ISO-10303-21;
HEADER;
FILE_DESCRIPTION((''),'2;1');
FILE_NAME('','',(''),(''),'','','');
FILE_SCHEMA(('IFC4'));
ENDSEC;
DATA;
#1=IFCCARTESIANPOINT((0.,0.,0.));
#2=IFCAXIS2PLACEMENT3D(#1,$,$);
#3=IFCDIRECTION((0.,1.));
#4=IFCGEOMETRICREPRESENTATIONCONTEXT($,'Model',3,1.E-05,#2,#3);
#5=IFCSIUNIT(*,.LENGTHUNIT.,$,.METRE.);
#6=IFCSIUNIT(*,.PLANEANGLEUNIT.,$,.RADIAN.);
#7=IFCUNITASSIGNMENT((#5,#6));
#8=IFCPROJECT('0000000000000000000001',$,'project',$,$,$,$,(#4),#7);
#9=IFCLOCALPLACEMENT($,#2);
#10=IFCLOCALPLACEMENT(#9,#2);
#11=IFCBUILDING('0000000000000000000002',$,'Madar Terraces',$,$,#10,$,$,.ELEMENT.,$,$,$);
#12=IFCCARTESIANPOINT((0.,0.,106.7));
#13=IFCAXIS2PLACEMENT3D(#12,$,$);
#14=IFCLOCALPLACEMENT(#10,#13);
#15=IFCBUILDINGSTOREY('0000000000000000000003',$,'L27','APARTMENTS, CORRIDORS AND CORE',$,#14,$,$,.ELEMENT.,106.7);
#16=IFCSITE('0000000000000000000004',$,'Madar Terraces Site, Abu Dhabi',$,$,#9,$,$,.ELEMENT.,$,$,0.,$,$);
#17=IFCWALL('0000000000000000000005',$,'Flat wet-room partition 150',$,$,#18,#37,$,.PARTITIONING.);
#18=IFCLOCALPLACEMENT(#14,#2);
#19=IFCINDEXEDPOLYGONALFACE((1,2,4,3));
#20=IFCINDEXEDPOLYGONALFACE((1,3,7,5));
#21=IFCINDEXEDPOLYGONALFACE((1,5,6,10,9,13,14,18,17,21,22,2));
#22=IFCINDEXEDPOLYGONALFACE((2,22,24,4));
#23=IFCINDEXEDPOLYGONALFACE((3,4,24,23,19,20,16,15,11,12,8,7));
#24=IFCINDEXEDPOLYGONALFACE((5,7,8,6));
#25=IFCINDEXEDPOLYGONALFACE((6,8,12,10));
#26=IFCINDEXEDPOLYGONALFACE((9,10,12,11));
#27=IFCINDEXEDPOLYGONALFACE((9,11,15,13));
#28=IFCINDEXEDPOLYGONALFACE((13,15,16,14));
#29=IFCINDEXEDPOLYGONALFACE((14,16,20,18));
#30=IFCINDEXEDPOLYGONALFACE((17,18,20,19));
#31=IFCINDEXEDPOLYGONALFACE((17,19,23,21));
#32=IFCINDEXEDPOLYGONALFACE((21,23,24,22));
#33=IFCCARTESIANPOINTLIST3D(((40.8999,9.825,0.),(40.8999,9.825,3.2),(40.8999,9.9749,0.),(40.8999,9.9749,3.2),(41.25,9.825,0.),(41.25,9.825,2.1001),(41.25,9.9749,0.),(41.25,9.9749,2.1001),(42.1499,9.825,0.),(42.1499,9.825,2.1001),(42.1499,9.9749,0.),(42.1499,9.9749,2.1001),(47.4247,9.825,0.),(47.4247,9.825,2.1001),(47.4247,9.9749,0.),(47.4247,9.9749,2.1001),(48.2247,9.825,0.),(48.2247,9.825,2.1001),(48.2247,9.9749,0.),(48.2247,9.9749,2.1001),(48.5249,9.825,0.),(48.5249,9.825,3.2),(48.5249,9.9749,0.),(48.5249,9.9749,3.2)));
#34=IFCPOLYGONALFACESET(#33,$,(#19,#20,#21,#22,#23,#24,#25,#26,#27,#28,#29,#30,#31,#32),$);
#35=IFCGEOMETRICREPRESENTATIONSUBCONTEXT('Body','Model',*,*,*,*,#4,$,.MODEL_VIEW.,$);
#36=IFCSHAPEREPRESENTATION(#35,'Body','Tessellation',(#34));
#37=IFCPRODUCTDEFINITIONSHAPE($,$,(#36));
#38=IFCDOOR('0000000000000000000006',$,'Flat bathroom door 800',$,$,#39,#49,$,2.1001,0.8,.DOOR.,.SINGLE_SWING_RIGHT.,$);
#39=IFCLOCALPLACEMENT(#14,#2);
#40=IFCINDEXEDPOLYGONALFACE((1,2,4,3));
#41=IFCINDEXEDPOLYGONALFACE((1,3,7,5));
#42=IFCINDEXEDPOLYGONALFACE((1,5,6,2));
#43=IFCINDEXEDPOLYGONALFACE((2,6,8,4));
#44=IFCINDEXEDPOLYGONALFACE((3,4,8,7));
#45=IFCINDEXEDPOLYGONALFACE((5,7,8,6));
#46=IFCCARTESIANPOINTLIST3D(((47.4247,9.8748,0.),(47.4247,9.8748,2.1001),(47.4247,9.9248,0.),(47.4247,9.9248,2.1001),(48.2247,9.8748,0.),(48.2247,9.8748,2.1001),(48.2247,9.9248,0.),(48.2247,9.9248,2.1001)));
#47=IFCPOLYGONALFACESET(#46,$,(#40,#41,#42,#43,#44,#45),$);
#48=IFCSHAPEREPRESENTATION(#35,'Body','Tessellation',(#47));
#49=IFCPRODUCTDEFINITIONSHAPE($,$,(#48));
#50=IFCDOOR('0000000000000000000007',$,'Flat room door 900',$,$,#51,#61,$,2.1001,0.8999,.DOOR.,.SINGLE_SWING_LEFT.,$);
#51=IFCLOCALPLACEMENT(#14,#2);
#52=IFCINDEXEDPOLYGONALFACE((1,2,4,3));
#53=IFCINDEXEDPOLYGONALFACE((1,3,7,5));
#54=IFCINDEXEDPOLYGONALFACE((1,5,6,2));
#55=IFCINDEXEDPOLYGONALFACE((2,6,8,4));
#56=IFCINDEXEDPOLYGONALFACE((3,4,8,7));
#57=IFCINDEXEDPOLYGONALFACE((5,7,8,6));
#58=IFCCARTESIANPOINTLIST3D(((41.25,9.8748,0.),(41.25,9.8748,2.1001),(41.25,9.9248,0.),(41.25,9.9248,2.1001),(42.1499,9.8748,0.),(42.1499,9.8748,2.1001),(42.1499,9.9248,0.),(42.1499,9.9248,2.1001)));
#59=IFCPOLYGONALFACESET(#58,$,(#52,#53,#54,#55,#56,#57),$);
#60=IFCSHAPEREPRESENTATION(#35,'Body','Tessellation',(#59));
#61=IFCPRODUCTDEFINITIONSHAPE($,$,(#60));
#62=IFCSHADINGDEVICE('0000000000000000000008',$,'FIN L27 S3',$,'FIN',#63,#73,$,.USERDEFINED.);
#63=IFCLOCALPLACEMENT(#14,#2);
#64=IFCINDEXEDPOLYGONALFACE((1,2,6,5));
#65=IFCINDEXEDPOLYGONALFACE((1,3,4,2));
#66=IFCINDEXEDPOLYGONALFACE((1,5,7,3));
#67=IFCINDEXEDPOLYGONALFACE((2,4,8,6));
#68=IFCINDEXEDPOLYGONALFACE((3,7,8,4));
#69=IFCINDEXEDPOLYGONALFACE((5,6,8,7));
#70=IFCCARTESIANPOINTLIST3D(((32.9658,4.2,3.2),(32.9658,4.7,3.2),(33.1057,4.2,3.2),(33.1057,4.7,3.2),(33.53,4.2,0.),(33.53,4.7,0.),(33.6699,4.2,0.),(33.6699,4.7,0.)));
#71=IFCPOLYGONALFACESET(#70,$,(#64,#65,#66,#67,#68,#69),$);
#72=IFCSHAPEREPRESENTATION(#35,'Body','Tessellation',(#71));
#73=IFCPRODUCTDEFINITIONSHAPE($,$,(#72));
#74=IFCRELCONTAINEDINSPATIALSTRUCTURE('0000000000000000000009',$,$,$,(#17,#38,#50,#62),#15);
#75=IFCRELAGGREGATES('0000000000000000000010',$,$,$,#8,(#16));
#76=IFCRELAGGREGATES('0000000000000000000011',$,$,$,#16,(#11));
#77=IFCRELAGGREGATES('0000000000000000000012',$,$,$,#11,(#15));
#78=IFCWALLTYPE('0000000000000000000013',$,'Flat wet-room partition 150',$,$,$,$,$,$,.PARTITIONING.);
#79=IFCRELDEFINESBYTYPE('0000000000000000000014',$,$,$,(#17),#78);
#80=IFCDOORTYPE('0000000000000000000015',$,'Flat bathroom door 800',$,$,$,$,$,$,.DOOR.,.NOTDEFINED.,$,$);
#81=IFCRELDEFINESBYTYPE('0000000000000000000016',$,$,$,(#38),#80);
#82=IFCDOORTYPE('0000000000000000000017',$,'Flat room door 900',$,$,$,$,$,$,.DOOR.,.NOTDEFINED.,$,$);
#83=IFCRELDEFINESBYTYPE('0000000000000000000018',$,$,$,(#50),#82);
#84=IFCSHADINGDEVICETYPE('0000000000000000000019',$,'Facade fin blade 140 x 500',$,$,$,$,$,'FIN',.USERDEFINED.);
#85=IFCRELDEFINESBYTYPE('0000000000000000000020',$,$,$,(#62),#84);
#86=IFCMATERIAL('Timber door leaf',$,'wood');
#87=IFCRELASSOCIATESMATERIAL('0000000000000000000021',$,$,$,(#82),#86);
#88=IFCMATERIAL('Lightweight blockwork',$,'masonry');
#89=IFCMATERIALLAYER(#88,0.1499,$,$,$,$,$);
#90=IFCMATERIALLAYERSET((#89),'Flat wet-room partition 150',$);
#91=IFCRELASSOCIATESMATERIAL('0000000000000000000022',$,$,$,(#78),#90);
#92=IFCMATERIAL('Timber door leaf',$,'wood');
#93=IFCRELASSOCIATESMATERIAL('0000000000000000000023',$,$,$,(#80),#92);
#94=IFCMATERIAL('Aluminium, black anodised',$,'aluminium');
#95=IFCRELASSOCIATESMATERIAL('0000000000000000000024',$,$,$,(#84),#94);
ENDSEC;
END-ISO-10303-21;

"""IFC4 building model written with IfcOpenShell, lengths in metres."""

from ifc_helpers import new_model, si_unit, direction, frame, frame_2d, origin, place, context, subcontext, project, spatial, polyline, rectangle, outline, extrude, material, layer, layer_set, type_object, element, fill, save


model = new_model("IFC4")

# Units and contexts
model_context = context("Model", 3, precision=1e-05, world=origin(), true_north=direction((0.0, 1.0)))
body_context = subcontext(model_context, "Body", "Model", "MODEL_VIEW")
ifc_project = project(units=[si_unit("LENGTHUNIT", "METRE"), si_unit("PLANEANGLEUNIT", "RADIAN")], contexts=[model_context])

# Site, building, storey
site_placement = place(None, origin())
site = spatial("IfcSite", under=ifc_project, at=site_placement, Name="Madar Terraces Site, Abu Dhabi", CompositionType="ELEMENT", RefElevation=0.0)
building_placement = place(site_placement, origin())
building = spatial("IfcBuilding", under=site, at=building_placement, Name="Madar Terraces", CompositionType="ELEMENT")
storey_placement = place(building_placement, frame((0.0, 0.0, 106.7)))
storey = spatial("IfcBuildingStorey", under=building, at=storey_placement, Name="L27", Description="APARTMENTS, CORRIDORS AND CORE", CompositionType="ELEMENT", Elevation=106.7)

# Shared definitions
ifc_material_1 = material(Name="Timber door leaf", Category="wood")
door_type_1 = type_object("IfcDoorType", Name="Flat room door 900", OperationType="NOTDEFINED", PredefinedType="DOOR", material=ifc_material_1)

# Shared definitions
ifc_material_2 = material(Name="Lightweight blockwork", Category="masonry")
ifc_layer_1 = layer(ifc_material_2, 0.1499)
ifc_layer_set_1 = layer_set([ifc_layer_1], Name="Flat wet-room partition 150")
wall_type_1 = type_object("IfcWallType", Name="Flat wet-room partition 150", PredefinedType="PARTITIONING", material=ifc_layer_set_1)

# Wall, openings, doors
wall_1_placement = place(storey_placement, frame((40.8999, 9.8999, 0.0), z_axis=(0.0, 0.0, 1.0), x_axis=(1.0, 0.0, 0.0)))
wall_1 = element("IfcWall", 1, at=wall_1_placement, inside=storey, type_object=wall_type_1, Name="Flat wet-room partition 150", PredefinedType="PARTITIONING", context=body_context, shape_type="SweptSolid", body=[
    extrude(rectangle(XDim=7.625, YDim=0.1499, at=frame_2d((3.8125, 0.0))), origin(), (0.0, 0.0, 1.0), 3.2),
])
opening_1_placement = place(wall_1_placement, frame((6.5249, 0.0, 0.0)))
opening_1 = element("IfcOpeningElement", 2, at=opening_1_placement, cuts=wall_1, PredefinedType="OPENING", context=body_context, shape_type="SweptSolid", body=[
    extrude(rectangle(XDim=0.8, YDim=2.1001, at=frame_2d((0.3999, 1.05))), frame((0.0, 0.085, 0.0), z_axis=(0.0, -1.0, 0.0), x_axis=(1.0, 0.0, 0.0)), (0.0, 0.0, 1.0), 0.1699),
])
opening_2_placement = place(wall_1_placement, frame((0.3501, 0.0, 0.0)))
opening_2 = element("IfcOpeningElement", 3, at=opening_2_placement, cuts=wall_1, PredefinedType="OPENING", context=body_context, shape_type="SweptSolid", body=[
    extrude(rectangle(XDim=0.8999, YDim=2.1001, at=frame_2d((0.45, 1.05))), frame((0.0, 0.085, 0.0), z_axis=(0.0, -1.0, 0.0), x_axis=(1.0, 0.0, 0.0)), (0.0, 0.0, 1.0), 0.1699),
])
ifc_material_3 = material(Name="Timber door leaf", Category="wood")
door_type_2 = type_object("IfcDoorType", Name="Flat bathroom door 800", OperationType="NOTDEFINED", PredefinedType="DOOR", material=ifc_material_3)
door_1_placement = place(opening_1_placement, origin())
door_1 = element("IfcDoor", 4, at=door_1_placement, inside=storey, type_object=door_type_2, Name="Flat bathroom door 800", OperationType="SINGLE_SWING_RIGHT", OverallHeight=2.1001, OverallWidth=0.8, PredefinedType="DOOR", context=body_context, shape_type="SweptSolid", body=[
    extrude(rectangle(XDim=0.8, YDim=2.1001, at=frame_2d((0.3999, 1.05))), frame((0.0, 0.0249, 0.0), z_axis=(0.0, -1.0, 0.0), x_axis=(1.0, 0.0, 0.0)), (0.0, 0.0, 1.0), 0.05),
])
fill(opening_1, door_1)
door_2_placement = place(opening_2_placement, origin())
door_2 = element("IfcDoor", 5, at=door_2_placement, inside=storey, type_object=door_type_1, Name="Flat room door 900", OperationType="SINGLE_SWING_LEFT", OverallHeight=2.1001, OverallWidth=0.8999, PredefinedType="DOOR", context=body_context, shape_type="SweptSolid", body=[
    extrude(rectangle(XDim=0.8999, YDim=2.1001, at=frame_2d((0.45, 1.05))), frame((0.0, 0.0249, 0.0), z_axis=(0.0, -1.0, 0.0), x_axis=(1.0, 0.0, 0.0)), (0.0, 0.0, 1.0), 0.05),
])
fill(opening_2, door_2)

# Shading device
ifc_material_4 = material(Name="Aluminium, black anodised", Category="aluminium")
shading_device_type = type_object("IfcShadingDeviceType", Name="Facade fin blade 140 x 500", ElementType="FIN", PredefinedType="USERDEFINED", material=ifc_material_4)
shading_device_placement = place(storey_placement, frame((33.53, 4.45, 0.0), z_axis=(0.0, 0.0, 1.0), x_axis=(1.0, 0.0, 0.0)))
element("IfcShadingDevice", 6, at=shading_device_placement, inside=storey, type_object=shading_device_type, Name="FIN L27 S3", ObjectType="FIN", PredefinedType="USERDEFINED", context=body_context, shape_type="SweptSolid", body=[
    extrude(outline(polyline([(0.0, 0.0), (0.1399, 0.0), (-0.4243, 3.2), (-0.5642, 3.2), (0.0, 0.0)])), frame((0.0, 0.25, 0.0), z_axis=(0.0, -1.0, 0.0), x_axis=(1.0, 0.0, 0.0)), (0.0, 0.0, 1.0), 0.5),
])

save(model, "model.ifc")
